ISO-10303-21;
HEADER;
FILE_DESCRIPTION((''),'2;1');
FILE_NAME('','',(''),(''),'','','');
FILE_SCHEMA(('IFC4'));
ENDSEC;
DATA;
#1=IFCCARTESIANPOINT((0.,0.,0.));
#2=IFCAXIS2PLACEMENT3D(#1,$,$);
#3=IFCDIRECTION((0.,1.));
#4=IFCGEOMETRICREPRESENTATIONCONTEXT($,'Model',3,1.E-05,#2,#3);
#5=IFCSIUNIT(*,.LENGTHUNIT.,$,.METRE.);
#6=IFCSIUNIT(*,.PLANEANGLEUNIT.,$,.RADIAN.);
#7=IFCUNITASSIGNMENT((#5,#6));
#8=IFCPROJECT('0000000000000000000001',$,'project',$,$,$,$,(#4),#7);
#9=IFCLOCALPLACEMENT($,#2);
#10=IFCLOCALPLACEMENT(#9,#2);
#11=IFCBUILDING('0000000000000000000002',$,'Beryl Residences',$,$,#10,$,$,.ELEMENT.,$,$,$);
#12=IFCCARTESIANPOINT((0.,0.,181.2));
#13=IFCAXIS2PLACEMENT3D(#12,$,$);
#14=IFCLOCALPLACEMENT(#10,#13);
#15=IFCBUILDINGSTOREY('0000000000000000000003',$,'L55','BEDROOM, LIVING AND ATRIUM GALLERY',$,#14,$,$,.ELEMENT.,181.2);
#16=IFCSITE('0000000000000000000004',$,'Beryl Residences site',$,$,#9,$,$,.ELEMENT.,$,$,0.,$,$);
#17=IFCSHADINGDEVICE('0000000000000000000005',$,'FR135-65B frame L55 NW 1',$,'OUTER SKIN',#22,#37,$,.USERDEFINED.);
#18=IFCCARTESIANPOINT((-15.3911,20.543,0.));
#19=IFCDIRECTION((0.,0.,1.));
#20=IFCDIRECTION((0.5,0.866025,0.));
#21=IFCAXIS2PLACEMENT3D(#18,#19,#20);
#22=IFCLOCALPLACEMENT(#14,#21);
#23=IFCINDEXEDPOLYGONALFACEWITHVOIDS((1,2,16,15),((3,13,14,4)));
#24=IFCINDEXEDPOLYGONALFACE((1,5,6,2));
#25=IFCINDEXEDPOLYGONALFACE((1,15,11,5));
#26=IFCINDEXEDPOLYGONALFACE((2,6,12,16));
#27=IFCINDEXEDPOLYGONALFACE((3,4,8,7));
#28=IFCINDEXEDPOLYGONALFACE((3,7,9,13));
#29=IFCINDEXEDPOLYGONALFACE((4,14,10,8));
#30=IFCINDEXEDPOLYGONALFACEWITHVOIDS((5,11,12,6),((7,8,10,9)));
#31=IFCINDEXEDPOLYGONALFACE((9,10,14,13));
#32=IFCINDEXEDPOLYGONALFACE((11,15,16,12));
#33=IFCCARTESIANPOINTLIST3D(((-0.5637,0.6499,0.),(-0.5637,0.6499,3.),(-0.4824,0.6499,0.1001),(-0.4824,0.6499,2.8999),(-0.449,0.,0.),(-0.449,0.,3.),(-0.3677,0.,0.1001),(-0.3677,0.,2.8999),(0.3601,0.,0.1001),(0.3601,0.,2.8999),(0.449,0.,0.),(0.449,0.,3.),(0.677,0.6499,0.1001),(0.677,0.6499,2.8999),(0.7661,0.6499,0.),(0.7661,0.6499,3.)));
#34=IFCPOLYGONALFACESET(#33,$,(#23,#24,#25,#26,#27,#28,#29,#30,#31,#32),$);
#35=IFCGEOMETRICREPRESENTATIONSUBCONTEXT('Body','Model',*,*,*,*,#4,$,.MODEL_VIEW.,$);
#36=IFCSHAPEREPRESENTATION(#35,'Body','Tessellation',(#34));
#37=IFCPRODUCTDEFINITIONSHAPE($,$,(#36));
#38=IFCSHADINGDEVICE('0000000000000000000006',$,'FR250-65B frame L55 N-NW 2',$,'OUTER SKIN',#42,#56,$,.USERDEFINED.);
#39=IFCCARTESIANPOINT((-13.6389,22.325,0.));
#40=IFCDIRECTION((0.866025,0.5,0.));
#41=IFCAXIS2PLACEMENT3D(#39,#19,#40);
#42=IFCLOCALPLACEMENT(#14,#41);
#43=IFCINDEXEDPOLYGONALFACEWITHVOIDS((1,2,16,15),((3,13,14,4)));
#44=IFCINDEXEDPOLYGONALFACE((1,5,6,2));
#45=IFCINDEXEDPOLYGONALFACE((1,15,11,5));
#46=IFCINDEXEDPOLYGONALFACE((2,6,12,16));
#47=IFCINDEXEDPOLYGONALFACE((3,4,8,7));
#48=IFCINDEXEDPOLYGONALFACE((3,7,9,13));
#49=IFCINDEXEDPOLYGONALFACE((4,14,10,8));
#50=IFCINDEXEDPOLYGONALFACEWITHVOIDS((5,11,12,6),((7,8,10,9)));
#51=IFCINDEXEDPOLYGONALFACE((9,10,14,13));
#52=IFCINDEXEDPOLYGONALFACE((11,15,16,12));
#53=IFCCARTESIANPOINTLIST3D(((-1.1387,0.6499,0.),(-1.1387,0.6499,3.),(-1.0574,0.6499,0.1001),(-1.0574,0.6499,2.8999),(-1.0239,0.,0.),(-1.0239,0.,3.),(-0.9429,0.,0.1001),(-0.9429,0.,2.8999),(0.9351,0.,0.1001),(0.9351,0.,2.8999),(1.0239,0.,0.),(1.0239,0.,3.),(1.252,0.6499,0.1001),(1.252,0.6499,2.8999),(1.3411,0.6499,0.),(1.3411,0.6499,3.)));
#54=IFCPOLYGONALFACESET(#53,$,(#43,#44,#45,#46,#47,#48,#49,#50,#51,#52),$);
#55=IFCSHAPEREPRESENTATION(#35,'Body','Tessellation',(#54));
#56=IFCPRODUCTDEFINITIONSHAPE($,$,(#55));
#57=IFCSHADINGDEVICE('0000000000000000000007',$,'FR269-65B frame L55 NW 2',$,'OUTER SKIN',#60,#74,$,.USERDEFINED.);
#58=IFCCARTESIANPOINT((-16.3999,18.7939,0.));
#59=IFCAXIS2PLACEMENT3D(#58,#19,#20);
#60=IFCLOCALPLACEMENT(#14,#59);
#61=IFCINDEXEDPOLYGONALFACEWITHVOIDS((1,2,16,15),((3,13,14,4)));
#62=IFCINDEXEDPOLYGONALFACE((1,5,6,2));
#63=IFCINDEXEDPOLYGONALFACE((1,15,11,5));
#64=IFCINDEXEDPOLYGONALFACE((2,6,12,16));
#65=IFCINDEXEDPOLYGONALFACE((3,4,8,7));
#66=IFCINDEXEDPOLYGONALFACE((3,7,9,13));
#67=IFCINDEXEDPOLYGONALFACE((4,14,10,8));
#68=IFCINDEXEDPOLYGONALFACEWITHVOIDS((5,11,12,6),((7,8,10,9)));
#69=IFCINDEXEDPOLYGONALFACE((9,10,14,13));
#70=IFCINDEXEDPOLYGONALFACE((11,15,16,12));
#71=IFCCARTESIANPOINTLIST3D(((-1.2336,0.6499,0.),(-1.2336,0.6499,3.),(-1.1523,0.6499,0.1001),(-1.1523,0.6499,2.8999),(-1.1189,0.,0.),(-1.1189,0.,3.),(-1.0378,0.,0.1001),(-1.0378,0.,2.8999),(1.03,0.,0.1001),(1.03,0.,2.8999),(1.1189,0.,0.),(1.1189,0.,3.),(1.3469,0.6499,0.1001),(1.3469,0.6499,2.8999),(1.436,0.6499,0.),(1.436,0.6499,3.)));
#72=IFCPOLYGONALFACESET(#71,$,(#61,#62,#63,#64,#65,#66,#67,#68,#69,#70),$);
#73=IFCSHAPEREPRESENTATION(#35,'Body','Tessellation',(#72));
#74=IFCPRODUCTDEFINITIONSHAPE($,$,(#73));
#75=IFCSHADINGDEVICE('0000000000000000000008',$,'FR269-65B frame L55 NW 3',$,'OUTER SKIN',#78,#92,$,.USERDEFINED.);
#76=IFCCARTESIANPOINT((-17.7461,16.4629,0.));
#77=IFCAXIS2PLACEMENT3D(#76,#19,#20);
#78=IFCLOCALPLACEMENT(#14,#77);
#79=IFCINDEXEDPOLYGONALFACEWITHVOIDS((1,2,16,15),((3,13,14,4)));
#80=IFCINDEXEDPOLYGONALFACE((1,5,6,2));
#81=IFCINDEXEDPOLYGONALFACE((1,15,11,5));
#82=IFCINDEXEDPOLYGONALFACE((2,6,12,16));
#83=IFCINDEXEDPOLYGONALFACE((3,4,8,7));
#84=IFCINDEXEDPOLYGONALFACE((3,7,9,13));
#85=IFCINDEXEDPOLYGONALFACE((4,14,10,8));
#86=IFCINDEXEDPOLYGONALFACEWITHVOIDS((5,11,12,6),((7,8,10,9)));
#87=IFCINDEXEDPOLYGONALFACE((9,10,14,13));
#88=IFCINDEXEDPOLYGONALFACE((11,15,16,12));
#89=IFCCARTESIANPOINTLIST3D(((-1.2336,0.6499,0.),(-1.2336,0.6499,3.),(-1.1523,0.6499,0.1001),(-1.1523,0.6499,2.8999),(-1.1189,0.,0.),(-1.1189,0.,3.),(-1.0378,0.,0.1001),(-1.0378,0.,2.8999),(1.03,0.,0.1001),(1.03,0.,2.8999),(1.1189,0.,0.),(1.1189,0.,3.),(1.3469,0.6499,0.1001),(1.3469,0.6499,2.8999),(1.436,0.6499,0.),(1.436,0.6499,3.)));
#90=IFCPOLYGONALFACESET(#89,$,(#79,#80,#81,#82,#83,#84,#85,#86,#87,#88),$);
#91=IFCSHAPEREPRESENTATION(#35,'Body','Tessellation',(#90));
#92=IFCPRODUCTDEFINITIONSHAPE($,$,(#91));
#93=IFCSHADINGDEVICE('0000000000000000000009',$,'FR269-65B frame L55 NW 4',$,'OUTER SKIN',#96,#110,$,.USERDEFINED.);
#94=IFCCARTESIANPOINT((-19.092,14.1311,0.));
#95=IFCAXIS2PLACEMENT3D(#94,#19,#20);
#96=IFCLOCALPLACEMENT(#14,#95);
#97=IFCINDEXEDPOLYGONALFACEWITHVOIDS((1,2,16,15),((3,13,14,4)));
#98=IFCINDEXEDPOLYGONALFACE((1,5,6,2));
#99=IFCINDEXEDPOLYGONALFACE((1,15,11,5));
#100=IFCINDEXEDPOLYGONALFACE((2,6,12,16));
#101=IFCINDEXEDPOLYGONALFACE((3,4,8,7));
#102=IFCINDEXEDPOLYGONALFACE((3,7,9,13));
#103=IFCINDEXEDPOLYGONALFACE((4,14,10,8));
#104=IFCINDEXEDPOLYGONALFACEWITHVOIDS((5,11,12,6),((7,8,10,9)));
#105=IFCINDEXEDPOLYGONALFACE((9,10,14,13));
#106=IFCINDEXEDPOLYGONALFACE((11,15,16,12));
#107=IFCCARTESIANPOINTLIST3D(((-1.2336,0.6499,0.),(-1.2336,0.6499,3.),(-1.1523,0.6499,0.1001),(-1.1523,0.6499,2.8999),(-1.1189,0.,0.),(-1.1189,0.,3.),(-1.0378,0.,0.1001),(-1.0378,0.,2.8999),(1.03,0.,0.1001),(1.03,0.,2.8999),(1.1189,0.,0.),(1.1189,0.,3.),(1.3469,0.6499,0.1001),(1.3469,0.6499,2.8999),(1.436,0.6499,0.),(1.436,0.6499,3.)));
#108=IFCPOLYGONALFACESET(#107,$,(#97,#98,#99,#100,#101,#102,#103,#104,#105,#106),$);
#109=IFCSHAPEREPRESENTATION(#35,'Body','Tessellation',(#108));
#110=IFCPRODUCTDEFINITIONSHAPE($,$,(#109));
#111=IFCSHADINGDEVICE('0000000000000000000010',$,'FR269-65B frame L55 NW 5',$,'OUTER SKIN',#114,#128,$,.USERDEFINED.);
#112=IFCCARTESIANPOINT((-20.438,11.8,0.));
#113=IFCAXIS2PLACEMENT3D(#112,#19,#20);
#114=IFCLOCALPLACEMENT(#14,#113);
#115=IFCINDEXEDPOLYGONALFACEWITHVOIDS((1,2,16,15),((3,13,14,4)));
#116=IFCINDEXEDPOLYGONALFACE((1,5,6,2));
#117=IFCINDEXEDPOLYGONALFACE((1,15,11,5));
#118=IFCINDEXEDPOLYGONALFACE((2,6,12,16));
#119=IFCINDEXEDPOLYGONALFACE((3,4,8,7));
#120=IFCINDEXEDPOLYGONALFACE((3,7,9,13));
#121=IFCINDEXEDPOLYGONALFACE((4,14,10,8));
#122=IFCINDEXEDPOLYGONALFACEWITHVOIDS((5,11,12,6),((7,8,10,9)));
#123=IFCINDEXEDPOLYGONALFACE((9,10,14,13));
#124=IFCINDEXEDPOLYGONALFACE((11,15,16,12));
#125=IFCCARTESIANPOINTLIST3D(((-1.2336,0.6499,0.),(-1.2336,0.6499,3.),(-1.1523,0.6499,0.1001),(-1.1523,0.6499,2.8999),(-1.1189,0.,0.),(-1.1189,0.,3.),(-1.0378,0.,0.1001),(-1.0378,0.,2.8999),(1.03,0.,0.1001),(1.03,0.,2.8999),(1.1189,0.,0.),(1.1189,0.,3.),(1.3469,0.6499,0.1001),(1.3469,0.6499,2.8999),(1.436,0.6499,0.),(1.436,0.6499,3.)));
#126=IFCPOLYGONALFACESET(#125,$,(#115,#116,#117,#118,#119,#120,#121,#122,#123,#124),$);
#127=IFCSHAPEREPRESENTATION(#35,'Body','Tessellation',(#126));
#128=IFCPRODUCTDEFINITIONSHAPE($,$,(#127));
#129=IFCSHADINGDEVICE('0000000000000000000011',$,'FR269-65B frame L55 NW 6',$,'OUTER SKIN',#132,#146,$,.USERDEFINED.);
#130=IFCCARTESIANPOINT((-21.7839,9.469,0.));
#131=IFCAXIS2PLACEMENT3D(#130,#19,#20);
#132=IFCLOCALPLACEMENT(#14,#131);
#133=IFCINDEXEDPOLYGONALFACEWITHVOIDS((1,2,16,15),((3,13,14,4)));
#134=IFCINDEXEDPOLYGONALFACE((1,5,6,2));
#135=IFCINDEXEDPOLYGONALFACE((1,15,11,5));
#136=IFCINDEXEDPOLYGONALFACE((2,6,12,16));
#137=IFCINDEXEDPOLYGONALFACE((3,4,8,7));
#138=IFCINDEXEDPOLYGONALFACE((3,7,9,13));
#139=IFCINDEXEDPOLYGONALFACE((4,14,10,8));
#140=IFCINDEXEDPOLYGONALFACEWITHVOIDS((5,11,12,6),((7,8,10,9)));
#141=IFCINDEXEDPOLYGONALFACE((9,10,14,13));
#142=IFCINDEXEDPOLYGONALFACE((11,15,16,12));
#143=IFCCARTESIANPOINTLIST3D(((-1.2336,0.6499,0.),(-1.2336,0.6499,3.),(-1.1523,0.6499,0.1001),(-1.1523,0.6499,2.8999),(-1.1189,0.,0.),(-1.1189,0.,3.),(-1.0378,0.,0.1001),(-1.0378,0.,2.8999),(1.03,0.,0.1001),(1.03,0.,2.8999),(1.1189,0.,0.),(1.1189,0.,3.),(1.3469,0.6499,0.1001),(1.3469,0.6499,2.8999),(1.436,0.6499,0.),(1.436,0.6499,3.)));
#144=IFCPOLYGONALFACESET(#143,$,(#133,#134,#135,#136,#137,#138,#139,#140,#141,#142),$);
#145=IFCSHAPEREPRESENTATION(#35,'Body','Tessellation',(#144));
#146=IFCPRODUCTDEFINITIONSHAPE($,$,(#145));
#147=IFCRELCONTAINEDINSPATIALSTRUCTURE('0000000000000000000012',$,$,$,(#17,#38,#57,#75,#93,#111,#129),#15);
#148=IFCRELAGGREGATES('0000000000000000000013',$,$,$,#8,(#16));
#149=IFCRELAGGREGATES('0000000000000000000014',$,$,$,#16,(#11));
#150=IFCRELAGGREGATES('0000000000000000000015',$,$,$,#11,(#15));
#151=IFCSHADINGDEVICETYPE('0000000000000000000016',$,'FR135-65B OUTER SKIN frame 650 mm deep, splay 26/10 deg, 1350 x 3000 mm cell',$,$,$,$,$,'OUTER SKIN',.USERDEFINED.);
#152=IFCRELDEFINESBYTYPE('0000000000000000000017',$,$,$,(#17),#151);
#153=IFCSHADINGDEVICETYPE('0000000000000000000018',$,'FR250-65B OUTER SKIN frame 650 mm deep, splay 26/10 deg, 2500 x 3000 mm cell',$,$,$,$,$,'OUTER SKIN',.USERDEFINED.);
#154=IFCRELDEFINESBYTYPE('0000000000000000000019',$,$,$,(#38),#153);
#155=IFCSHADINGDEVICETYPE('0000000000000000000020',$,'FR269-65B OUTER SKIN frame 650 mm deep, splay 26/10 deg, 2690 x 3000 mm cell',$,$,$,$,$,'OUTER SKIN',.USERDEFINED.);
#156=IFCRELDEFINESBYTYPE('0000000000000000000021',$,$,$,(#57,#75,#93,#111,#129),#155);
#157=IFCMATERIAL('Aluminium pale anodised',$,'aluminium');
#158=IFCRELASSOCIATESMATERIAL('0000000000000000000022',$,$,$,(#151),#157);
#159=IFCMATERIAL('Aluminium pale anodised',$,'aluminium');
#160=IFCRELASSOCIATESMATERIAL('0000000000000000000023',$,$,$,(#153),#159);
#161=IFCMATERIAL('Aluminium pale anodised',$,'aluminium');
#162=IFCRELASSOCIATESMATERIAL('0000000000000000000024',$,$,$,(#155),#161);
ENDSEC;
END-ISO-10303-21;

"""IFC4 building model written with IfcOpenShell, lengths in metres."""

from ifc_helpers import new_model, entity, si_unit, direction, frame, origin, place, context, subcontext, project, spatial, source, transform, mapped, material, type_object, type_shapes, element, save


model = new_model("IFC4")

# Units and contexts
model_context = context("Model", 3, precision=1e-05, world=origin(), true_north=direction((0.0, 1.0)))
body_context = subcontext(model_context, "Body", "Model", "MODEL_VIEW")
ifc_project = project(units=[si_unit("LENGTHUNIT", "METRE"), si_unit("PLANEANGLEUNIT", "RADIAN")], contexts=[model_context])

# Site, building, storey
site_placement = place(None, origin())
site = spatial("IfcSite", under=ifc_project, at=site_placement, Name="Beryl Residences site", CompositionType="ELEMENT", RefElevation=0.0)
building_placement = place(site_placement, origin())
building = spatial("IfcBuilding", under=site, at=building_placement, Name="Beryl Residences", CompositionType="ELEMENT")
storey_placement = place(building_placement, frame((0.0, 0.0, 181.2)))
storey = spatial("IfcBuildingStorey", under=building, at=storey_placement, Name="L55", Description="BEDROOM, LIVING AND ATRIUM GALLERY", CompositionType="ELEMENT", Elevation=181.2)

# Shading devices
ifc_material_1 = material(Name="Aluminium pale anodised", Category="aluminium")
shading_device_type_1 = type_object("IfcShadingDeviceType", Name="FR135-65B OUTER SKIN frame 650 mm deep, splay 26/10 deg, 1350 x 3000 mm cell", ElementType="OUTER SKIN", PredefinedType="USERDEFINED", material=ifc_material_1)
cartesian_point_1 = entity("IfcCartesianPoint", [-0.449, 0.0])
cartesian_point_2 = entity("IfcCartesianPoint", [-0.3601, 0.1001])
cartesian_point_3 = entity("IfcCartesianPoint", [-0.7661, 0.0])
cartesian_point_4 = entity("IfcCartesianPoint", [-0.677, 0.1001])
shared_shape_1 = source(origin(), body_context, "Body", "SweptSolid", [
    entity("IfcExtrudedAreaSolidTapered", entity("IfcArbitraryProfileDefWithVoids", "AREA", None, entity("IfcPolyline", [cartesian_point_1, entity("IfcCartesianPoint", [0.449, 0.0]), entity("IfcCartesianPoint", [0.449, 3.0]), entity("IfcCartesianPoint", [-0.449, 3.0]), cartesian_point_1]), [entity("IfcPolyline", [cartesian_point_2, entity("IfcCartesianPoint", [0.3677, 0.1001]), entity("IfcCartesianPoint", [0.3677, 2.8999]), entity("IfcCartesianPoint", [-0.3601, 2.8999]), cartesian_point_2])]), entity("IfcAxis2Placement3D", entity("IfcCartesianPoint", [0.0, 0.0, 0.0]), entity("IfcDirection", [0.0, 1.0, 0.0]), entity("IfcDirection", [-1.0, 0.0, 0.0])), entity("IfcDirection", [0.0, 0.0, 1.0]), 0.6499, entity("IfcArbitraryProfileDefWithVoids", "AREA", None, entity("IfcPolyline", [cartesian_point_3, entity("IfcCartesianPoint", [0.5637, 0.0]), entity("IfcCartesianPoint", [0.5637, 3.0]), entity("IfcCartesianPoint", [-0.7661, 3.0]), cartesian_point_3]), [entity("IfcPolyline", [cartesian_point_4, entity("IfcCartesianPoint", [0.4824, 0.1001]), entity("IfcCartesianPoint", [0.4824, 2.8999]), entity("IfcCartesianPoint", [-0.677, 2.8999]), cartesian_point_4])])),
])
type_shapes(shading_device_type_1, [shared_shape_1])
shading_device_1_placement = place(storey_placement, frame((-15.3911, 20.543, 0.0), z_axis=(0.0, 0.0, 1.0), x_axis=(0.5, 0.866025, 0.0)))
element("IfcShadingDevice", 1, at=shading_device_1_placement, inside=storey, type_object=shading_device_type_1, Name="FR135-65B frame L55 NW 1", ObjectType="OUTER SKIN", PredefinedType="USERDEFINED", context=body_context, shape_type="MappedRepresentation", body=[
    mapped(shared_shape_1, transform((0.0, 0.0, 0.0))),
])
ifc_material_2 = material(Name="Aluminium pale anodised", Category="aluminium")
shading_device_type_2 = type_object("IfcShadingDeviceType", Name="FR250-65B OUTER SKIN frame 650 mm deep, splay 26/10 deg, 2500 x 3000 mm cell", ElementType="OUTER SKIN", PredefinedType="USERDEFINED", material=ifc_material_2)
cartesian_point_5 = entity("IfcCartesianPoint", [-1.0239, 0.0])
cartesian_point_6 = entity("IfcCartesianPoint", [-0.9351, 0.1001])
cartesian_point_7 = entity("IfcCartesianPoint", [-1.3411, 0.0])
cartesian_point_8 = entity("IfcCartesianPoint", [-1.252, 0.1001])
shared_shape_2 = source(origin(), body_context, "Body", "SweptSolid", [
    entity("IfcExtrudedAreaSolidTapered", entity("IfcArbitraryProfileDefWithVoids", "AREA", None, entity("IfcPolyline", [cartesian_point_5, entity("IfcCartesianPoint", [1.0239, 0.0]), entity("IfcCartesianPoint", [1.0239, 3.0]), entity("IfcCartesianPoint", [-1.0239, 3.0]), cartesian_point_5]), [entity("IfcPolyline", [cartesian_point_6, entity("IfcCartesianPoint", [0.9429, 0.1001]), entity("IfcCartesianPoint", [0.9429, 2.8999]), entity("IfcCartesianPoint", [-0.9351, 2.8999]), cartesian_point_6])]), entity("IfcAxis2Placement3D", entity("IfcCartesianPoint", [0.0, 0.0, 0.0]), entity("IfcDirection", [0.0, 1.0, 0.0]), entity("IfcDirection", [-1.0, 0.0, 0.0])), entity("IfcDirection", [0.0, 0.0, 1.0]), 0.6499, entity("IfcArbitraryProfileDefWithVoids", "AREA", None, entity("IfcPolyline", [cartesian_point_7, entity("IfcCartesianPoint", [1.1387, 0.0]), entity("IfcCartesianPoint", [1.1387, 3.0]), entity("IfcCartesianPoint", [-1.3411, 3.0]), cartesian_point_7]), [entity("IfcPolyline", [cartesian_point_8, entity("IfcCartesianPoint", [1.0574, 0.1001]), entity("IfcCartesianPoint", [1.0574, 2.8999]), entity("IfcCartesianPoint", [-1.252, 2.8999]), cartesian_point_8])])),
])
type_shapes(shading_device_type_2, [shared_shape_2])
shading_device_2_placement = place(storey_placement, frame((-13.6389, 22.325, 0.0), z_axis=(0.0, 0.0, 1.0), x_axis=(0.866025, 0.5, 0.0)))
element("IfcShadingDevice", 2, at=shading_device_2_placement, inside=storey, type_object=shading_device_type_2, Name="FR250-65B frame L55 N-NW 2", ObjectType="OUTER SKIN", PredefinedType="USERDEFINED", context=body_context, shape_type="MappedRepresentation", body=[
    mapped(shared_shape_2, transform((0.0, 0.0, 0.0))),
])
ifc_material_3 = material(Name="Aluminium pale anodised", Category="aluminium")
shading_device_type_3 = type_object("IfcShadingDeviceType", Name="FR269-65B OUTER SKIN frame 650 mm deep, splay 26/10 deg, 2690 x 3000 mm cell", ElementType="OUTER SKIN", PredefinedType="USERDEFINED", material=ifc_material_3)
cartesian_point_9 = entity("IfcCartesianPoint", [-1.1189, 0.0])
cartesian_point_10 = entity("IfcCartesianPoint", [-1.03, 0.1001])
cartesian_point_11 = entity("IfcCartesianPoint", [-1.436, 0.0])
cartesian_point_12 = entity("IfcCartesianPoint", [-1.3469, 0.1001])
shared_shape_3 = source(origin(), body_context, "Body", "SweptSolid", [
    entity("IfcExtrudedAreaSolidTapered", entity("IfcArbitraryProfileDefWithVoids", "AREA", None, entity("IfcPolyline", [cartesian_point_9, entity("IfcCartesianPoint", [1.1189, 0.0]), entity("IfcCartesianPoint", [1.1189, 3.0]), entity("IfcCartesianPoint", [-1.1189, 3.0]), cartesian_point_9]), [entity("IfcPolyline", [cartesian_point_10, entity("IfcCartesianPoint", [1.0378, 0.1001]), entity("IfcCartesianPoint", [1.0378, 2.8999]), entity("IfcCartesianPoint", [-1.03, 2.8999]), cartesian_point_10])]), entity("IfcAxis2Placement3D", entity("IfcCartesianPoint", [0.0, 0.0, 0.0]), entity("IfcDirection", [0.0, 1.0, 0.0]), entity("IfcDirection", [-1.0, 0.0, 0.0])), entity("IfcDirection", [0.0, 0.0, 1.0]), 0.6499, entity("IfcArbitraryProfileDefWithVoids", "AREA", None, entity("IfcPolyline", [cartesian_point_11, entity("IfcCartesianPoint", [1.2336, 0.0]), entity("IfcCartesianPoint", [1.2336, 3.0]), entity("IfcCartesianPoint", [-1.436, 3.0]), cartesian_point_11]), [entity("IfcPolyline", [cartesian_point_12, entity("IfcCartesianPoint", [1.1523, 0.1001]), entity("IfcCartesianPoint", [1.1523, 2.8999]), entity("IfcCartesianPoint", [-1.3469, 2.8999]), cartesian_point_12])])),
])
type_shapes(shading_device_type_3, [shared_shape_3])
for number, where, z_axis, x_axis, name in (
    (3, (-16.3999, 18.7939, 0.0), (0.0, 0.0, 1.0), (0.5, 0.866025, 0.0), "FR269-65B frame L55 NW 2"),
    (4, (-17.7461, 16.4629, 0.0), (0.0, 0.0, 1.0), (0.5, 0.866025, 0.0), "FR269-65B frame L55 NW 3"),
    (5, (-19.092, 14.1311, 0.0), (0.0, 0.0, 1.0), (0.5, 0.866025, 0.0), "FR269-65B frame L55 NW 4"),
    (6, (-20.438, 11.8, 0.0), (0.0, 0.0, 1.0), (0.5, 0.866025, 0.0), "FR269-65B frame L55 NW 5"),
    (7, (-21.7839, 9.469, 0.0), (0.0, 0.0, 1.0), (0.5, 0.866025, 0.0), "FR269-65B frame L55 NW 6"),
):
    element("IfcShadingDevice", number, at=place(storey_placement, frame(where, z_axis=z_axis, x_axis=x_axis)), inside=storey, type_object=shading_device_type_3, Name=name, ObjectType="OUTER SKIN", PredefinedType="USERDEFINED", context=body_context, shape_type="MappedRepresentation", body=[
        mapped(shared_shape_3, transform((0.0, 0.0, 0.0))),
    ])

save(model, "model.ifc")
